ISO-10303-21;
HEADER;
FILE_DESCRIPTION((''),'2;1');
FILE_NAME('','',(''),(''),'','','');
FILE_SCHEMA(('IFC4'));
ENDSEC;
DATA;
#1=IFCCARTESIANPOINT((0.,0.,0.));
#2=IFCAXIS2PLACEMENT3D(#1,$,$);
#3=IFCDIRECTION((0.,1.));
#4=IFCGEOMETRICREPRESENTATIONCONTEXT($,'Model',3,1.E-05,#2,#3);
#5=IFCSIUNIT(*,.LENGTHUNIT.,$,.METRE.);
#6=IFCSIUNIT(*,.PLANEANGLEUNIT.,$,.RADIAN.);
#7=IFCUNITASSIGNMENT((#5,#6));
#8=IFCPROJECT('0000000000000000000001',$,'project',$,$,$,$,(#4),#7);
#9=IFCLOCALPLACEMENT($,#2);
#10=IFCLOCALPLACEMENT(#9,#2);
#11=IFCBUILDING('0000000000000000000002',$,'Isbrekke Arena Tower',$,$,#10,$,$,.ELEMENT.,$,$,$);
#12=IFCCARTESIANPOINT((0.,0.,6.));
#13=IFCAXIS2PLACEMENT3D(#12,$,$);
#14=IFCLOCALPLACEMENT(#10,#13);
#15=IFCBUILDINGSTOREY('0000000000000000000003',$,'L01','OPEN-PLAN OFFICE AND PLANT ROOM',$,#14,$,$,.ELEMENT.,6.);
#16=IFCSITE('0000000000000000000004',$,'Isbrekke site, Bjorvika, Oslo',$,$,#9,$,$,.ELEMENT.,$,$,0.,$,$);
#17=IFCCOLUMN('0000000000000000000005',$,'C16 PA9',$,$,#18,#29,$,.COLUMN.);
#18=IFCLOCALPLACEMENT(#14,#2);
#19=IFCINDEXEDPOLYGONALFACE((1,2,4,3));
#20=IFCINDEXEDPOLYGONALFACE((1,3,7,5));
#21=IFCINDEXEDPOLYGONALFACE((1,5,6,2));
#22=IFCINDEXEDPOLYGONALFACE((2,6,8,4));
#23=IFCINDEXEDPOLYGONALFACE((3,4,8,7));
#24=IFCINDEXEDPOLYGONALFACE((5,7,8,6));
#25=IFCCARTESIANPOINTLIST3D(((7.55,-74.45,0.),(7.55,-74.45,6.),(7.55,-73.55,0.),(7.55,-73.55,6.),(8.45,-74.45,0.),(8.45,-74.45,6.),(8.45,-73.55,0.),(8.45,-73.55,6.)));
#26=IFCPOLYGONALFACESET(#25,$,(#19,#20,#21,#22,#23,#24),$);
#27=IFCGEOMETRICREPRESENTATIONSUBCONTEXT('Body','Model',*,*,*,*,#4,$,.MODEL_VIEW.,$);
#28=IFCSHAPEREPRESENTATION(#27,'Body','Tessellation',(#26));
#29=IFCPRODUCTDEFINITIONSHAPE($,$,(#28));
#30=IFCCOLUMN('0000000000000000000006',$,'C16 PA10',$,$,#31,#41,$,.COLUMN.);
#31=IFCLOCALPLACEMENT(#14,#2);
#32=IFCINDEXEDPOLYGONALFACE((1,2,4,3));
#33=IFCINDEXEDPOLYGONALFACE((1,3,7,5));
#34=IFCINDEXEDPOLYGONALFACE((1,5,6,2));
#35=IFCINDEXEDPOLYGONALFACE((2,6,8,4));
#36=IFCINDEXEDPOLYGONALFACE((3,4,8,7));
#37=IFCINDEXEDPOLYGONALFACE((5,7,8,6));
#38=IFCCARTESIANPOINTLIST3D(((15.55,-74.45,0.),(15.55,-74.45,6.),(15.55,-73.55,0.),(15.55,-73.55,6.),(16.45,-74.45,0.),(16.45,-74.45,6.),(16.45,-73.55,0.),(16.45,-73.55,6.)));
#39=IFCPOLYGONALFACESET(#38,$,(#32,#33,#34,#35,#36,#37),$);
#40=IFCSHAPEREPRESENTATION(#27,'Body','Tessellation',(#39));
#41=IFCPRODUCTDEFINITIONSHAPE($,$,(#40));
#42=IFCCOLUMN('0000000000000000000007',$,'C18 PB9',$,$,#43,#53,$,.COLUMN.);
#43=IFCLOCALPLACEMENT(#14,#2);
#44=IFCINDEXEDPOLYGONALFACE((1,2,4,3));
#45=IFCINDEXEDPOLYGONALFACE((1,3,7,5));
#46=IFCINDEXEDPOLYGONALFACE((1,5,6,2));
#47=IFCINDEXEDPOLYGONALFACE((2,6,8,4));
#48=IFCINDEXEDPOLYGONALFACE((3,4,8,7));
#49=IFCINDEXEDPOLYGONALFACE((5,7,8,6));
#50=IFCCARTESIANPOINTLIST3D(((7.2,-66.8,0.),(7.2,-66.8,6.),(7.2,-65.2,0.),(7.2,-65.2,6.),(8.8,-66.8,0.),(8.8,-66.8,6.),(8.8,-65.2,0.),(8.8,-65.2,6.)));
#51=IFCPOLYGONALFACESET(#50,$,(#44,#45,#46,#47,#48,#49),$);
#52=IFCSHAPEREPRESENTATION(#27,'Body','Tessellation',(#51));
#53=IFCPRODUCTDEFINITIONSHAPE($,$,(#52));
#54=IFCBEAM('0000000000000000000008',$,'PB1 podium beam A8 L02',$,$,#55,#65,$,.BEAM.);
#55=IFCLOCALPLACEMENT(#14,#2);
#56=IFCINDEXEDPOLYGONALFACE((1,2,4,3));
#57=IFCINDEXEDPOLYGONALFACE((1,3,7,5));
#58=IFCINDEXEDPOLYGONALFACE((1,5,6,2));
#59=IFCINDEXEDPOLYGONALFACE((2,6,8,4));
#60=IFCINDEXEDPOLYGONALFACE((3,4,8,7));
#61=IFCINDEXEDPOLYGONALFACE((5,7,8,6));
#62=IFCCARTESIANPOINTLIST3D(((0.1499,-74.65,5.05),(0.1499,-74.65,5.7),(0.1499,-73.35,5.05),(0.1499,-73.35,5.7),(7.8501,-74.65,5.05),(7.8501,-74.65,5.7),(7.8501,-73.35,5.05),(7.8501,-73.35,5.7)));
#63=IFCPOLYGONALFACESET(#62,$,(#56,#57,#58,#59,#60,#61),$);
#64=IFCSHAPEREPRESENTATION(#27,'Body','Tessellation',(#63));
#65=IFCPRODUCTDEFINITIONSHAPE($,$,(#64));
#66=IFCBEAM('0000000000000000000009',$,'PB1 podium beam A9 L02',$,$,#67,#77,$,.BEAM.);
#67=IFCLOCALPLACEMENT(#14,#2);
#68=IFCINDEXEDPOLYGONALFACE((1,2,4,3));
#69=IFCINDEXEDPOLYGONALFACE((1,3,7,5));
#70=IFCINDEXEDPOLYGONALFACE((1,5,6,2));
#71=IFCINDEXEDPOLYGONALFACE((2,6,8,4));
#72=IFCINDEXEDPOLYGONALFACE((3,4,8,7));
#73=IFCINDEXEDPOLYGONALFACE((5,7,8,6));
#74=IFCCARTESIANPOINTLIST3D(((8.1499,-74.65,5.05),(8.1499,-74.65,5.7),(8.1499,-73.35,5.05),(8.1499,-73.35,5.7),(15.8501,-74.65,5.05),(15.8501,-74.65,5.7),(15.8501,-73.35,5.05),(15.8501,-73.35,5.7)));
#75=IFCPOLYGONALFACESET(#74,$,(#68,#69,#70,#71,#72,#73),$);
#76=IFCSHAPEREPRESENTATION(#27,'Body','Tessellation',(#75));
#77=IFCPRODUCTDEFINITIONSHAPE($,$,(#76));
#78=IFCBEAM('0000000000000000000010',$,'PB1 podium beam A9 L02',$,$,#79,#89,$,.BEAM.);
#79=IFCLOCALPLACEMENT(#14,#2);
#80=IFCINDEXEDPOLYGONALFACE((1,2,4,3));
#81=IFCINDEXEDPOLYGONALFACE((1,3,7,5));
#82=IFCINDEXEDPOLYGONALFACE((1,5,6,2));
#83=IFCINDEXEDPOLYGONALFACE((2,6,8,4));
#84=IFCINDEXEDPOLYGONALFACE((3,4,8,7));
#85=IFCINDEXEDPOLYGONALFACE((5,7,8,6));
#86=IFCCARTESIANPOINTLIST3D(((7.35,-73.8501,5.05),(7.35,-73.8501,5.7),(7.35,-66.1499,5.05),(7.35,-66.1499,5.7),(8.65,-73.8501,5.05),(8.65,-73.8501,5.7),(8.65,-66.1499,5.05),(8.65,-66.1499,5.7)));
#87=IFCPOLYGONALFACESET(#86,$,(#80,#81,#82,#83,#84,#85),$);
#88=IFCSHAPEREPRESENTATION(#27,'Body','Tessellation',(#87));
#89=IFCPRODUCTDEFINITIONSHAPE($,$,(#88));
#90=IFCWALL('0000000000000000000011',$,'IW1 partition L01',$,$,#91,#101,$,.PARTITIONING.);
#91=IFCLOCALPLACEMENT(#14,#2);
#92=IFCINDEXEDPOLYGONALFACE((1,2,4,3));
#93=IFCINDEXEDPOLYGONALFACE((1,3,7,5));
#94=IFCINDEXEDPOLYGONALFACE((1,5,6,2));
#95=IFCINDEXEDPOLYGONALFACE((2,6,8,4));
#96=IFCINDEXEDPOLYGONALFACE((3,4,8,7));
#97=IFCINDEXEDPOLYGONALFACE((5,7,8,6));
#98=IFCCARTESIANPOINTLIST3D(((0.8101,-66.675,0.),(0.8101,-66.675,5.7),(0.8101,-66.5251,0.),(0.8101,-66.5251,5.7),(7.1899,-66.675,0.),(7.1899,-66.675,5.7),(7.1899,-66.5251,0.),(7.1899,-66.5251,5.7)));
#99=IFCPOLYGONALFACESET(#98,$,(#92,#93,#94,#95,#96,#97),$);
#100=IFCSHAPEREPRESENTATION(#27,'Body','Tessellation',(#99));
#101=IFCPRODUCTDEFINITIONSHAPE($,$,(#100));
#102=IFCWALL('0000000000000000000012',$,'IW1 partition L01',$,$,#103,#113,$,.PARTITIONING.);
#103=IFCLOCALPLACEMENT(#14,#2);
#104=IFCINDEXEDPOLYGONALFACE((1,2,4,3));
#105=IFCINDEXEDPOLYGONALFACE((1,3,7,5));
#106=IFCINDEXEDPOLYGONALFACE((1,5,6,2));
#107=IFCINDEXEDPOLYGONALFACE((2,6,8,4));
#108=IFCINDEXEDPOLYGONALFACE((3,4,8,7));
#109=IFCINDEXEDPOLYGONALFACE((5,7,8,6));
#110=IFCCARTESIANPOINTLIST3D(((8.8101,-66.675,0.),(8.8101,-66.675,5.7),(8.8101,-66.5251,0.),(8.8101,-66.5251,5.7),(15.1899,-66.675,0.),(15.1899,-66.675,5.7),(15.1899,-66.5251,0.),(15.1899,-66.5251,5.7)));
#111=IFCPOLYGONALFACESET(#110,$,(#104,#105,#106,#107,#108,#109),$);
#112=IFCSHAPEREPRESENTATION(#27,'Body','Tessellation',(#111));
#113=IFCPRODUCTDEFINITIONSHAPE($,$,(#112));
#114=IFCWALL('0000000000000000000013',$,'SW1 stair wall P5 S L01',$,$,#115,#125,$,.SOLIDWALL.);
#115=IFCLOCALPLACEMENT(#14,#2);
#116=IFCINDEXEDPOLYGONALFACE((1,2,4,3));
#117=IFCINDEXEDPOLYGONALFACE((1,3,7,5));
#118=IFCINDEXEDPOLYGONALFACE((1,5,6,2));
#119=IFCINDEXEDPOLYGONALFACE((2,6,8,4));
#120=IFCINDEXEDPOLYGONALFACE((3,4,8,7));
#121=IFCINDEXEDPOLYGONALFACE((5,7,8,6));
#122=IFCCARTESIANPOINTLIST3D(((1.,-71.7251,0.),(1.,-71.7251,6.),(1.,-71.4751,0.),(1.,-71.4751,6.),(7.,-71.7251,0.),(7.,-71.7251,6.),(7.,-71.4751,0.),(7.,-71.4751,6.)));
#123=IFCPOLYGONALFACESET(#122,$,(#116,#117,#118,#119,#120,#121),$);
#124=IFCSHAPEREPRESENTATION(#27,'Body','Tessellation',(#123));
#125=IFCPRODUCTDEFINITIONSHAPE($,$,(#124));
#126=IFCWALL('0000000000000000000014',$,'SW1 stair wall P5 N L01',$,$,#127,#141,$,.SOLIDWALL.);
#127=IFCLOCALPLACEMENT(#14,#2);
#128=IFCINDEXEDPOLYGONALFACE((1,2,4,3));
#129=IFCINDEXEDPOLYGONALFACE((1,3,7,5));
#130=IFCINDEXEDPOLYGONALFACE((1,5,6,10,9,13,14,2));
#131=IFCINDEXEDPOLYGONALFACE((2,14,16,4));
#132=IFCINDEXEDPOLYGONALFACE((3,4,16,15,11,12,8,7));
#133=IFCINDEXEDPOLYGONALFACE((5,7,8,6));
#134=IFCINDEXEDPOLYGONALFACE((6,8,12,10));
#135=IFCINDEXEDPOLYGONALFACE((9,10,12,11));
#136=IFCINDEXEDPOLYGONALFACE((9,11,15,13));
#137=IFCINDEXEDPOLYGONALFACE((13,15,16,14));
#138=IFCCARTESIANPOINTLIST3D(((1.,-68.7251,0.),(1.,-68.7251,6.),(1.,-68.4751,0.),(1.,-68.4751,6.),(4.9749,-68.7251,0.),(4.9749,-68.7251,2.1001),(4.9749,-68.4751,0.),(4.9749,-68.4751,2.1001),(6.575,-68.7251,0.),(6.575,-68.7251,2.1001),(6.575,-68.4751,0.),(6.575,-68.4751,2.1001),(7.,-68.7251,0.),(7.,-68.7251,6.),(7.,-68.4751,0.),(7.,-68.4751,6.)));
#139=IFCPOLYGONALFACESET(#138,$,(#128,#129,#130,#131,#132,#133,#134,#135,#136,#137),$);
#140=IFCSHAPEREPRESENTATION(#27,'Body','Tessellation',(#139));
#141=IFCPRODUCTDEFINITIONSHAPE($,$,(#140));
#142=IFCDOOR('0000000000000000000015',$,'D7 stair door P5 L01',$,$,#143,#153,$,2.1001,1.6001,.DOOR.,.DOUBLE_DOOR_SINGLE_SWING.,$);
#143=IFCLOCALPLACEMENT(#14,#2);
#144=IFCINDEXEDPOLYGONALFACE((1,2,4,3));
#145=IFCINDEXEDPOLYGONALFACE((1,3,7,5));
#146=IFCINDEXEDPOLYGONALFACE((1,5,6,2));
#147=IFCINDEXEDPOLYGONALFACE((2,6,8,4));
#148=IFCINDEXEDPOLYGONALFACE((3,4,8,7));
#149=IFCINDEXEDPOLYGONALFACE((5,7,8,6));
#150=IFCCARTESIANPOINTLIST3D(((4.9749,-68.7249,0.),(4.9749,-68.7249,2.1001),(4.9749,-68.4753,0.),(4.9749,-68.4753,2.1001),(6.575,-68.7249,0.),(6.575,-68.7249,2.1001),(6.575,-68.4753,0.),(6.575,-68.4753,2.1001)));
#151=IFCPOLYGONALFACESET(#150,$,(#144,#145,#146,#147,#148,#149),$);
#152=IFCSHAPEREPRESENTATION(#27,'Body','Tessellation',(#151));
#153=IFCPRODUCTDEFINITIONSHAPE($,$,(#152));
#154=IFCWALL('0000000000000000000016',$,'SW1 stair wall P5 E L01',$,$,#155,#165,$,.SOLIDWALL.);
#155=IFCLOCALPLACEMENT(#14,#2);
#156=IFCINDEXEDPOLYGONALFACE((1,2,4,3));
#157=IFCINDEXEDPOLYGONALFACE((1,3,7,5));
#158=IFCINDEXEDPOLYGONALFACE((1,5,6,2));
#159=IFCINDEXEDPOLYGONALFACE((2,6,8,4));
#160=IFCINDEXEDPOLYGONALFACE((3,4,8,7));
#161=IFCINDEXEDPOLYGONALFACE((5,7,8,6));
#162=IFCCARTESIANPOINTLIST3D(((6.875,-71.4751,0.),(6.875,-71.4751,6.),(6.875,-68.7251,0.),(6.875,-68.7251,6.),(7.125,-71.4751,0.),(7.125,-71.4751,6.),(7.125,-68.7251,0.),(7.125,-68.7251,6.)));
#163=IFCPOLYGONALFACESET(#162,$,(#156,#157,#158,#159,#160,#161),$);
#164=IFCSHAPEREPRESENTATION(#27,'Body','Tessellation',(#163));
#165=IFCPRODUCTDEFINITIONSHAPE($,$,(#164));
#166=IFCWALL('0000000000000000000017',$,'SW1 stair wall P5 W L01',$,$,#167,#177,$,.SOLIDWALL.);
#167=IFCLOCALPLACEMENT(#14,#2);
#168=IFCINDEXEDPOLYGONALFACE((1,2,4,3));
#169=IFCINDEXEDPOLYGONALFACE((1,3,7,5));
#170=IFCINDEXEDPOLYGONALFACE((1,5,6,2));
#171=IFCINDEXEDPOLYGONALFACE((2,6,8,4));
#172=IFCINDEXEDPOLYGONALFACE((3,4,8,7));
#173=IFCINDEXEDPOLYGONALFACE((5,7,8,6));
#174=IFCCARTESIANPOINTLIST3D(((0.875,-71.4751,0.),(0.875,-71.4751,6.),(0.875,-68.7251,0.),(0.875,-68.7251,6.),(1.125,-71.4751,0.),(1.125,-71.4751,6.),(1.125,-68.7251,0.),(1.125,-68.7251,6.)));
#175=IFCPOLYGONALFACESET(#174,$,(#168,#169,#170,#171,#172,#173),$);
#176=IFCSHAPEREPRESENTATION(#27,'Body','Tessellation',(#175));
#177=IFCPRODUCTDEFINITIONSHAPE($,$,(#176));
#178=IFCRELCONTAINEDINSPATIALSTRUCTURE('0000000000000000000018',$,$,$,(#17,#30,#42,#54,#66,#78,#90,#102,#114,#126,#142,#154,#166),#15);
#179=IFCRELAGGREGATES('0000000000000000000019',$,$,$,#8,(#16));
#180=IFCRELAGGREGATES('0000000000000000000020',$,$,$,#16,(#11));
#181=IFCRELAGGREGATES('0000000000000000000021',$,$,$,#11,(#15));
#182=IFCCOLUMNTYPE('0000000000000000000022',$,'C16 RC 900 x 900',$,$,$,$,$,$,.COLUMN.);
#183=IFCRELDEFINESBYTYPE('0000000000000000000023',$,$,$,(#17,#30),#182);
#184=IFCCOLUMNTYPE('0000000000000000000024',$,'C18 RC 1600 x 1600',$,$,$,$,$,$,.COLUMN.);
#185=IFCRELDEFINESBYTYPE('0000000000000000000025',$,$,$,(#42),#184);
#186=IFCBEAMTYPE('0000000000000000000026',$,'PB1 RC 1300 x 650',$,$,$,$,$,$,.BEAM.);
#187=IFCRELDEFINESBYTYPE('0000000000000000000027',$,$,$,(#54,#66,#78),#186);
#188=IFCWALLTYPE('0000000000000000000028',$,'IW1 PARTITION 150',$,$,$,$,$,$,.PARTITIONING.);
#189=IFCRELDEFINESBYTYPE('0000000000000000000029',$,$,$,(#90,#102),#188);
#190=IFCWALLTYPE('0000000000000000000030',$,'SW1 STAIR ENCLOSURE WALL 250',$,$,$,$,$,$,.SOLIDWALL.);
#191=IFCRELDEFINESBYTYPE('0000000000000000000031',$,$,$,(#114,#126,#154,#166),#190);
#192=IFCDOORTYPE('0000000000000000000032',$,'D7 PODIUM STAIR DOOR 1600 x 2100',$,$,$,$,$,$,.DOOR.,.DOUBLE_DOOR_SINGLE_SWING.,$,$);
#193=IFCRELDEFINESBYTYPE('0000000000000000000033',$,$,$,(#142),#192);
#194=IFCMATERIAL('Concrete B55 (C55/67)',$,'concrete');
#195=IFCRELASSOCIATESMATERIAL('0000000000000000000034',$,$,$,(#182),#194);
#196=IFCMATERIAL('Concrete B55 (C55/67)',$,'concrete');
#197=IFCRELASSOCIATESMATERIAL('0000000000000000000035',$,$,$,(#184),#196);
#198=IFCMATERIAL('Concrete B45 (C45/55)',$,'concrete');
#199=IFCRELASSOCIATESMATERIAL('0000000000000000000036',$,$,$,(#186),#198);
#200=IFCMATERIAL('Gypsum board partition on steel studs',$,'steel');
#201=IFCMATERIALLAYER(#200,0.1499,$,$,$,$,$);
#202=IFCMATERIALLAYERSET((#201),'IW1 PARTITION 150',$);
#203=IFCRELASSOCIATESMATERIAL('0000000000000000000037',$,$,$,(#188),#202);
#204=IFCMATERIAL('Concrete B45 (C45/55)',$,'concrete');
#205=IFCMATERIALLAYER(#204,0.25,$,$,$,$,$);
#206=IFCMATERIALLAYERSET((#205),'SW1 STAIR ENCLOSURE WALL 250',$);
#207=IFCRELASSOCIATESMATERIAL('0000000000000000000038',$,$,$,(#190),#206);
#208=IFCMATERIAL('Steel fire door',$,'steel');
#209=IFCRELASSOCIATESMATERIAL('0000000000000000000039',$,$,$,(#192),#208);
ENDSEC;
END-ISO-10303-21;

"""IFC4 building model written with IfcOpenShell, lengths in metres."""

from ifc_helpers import new_model, si_unit, direction, frame, frame_2d, origin, origin_2d, place, context, subcontext, project, spatial, rectangle, extrude, material, layer, layer_set, material_profile, profile_set, type_object, element, fill, save


model = new_model("IFC4")

# Units and contexts
model_context = context("Model", 3, precision=1e-05, world=origin(), true_north=direction((0.0, 1.0)))
body_context = subcontext(model_context, "Body", "Model", "MODEL_VIEW")
ifc_project = project(units=[si_unit("LENGTHUNIT", "METRE"), si_unit("PLANEANGLEUNIT", "RADIAN")], contexts=[model_context])

# Site, building, storey
site_placement = place(None, origin())
site = spatial("IfcSite", under=ifc_project, at=site_placement, Name="Isbrekke site, Bjorvika, Oslo", CompositionType="ELEMENT", RefElevation=0.0)
building_placement = place(site_placement, origin())
building = spatial("IfcBuilding", under=site, at=building_placement, Name="Isbrekke Arena Tower", CompositionType="ELEMENT")
storey_placement = place(building_placement, frame((0.0, 0.0, 6.0)))
storey = spatial("IfcBuildingStorey", under=building, at=storey_placement, Name="L01", Description="OPEN-PLAN OFFICE AND PLANT ROOM", CompositionType="ELEMENT", Elevation=6.0)

# Columns
ifc_material_1 = material(Name="Concrete B55 (C55/67)", Category="concrete")
ifc_material_profile_1 = material_profile(ifc_material_1, rectangle(XDim=0.8999, YDim=0.8999, at=origin_2d()), Name="RC 900x900")
ifc_profile_set_1 = profile_set([ifc_material_profile_1], Name="Concrete B55 (C55/67)")
column_type_1 = type_object("IfcColumnType", Name="C16 RC 900 x 900", PredefinedType="COLUMN", material=ifc_profile_set_1)
for number, where, z_axis, x_axis, name in (
    (1, (8.0, -74.0, 0.0), (0.0, 0.0, 1.0), (1.0, 0.0, 0.0), "C16 PA9"),
    (2, (16.0, -74.0, 0.0), (0.0, 0.0, 1.0), (1.0, 0.0, 0.0), "C16 PA10"),
):
    element("IfcColumn", number, at=place(storey_placement, frame(where, z_axis=z_axis, x_axis=x_axis)), inside=storey, type_object=column_type_1, Name=name, PredefinedType="COLUMN", context=body_context, shape_type="SweptSolid", body=[
        extrude(rectangle(XDim=0.8999, YDim=0.8999, at=origin_2d()), origin(), (0.0, 0.0, 1.0), 6.0),
    ])
ifc_material_2 = material(Name="Concrete B55 (C55/67)", Category="concrete")
ifc_material_profile_2 = material_profile(ifc_material_2, rectangle(XDim=1.6001, YDim=1.6001, at=origin_2d()), Name="RC 1600x1600")
ifc_profile_set_2 = profile_set([ifc_material_profile_2], Name="Concrete B55 (C55/67)")
column_type_2 = type_object("IfcColumnType", Name="C18 RC 1600 x 1600", PredefinedType="COLUMN", material=ifc_profile_set_2)
column_placement = place(storey_placement, frame((8.0, -66.0, 0.0), z_axis=(0.0, 0.0, 1.0), x_axis=(1.0, 0.0, 0.0)))
element("IfcColumn", 3, at=column_placement, inside=storey, type_object=column_type_2, Name="C18 PB9", PredefinedType="COLUMN", context=body_context, shape_type="SweptSolid", body=[
    extrude(rectangle(XDim=1.6001, YDim=1.6001, at=origin_2d()), origin(), (0.0, 0.0, 1.0), 6.0),
])

# Beams
ifc_material_3 = material(Name="Concrete B45 (C45/55)", Category="concrete")
ifc_material_profile_3 = material_profile(ifc_material_3, rectangle(XDim=1.3, YDim=0.6499, at=origin_2d()), Name="RC 1300x650")
ifc_profile_set_3 = profile_set([ifc_material_profile_3], Name="Concrete B45 (C45/55)")
beam_type = type_object("IfcBeamType", Name="PB1 RC 1300 x 650", PredefinedType="BEAM", material=ifc_profile_set_3)
for number, where, z_axis, x_axis, name in (
    (4, (0.1499, -74.0, 5.375), (1.0, 0.0, 0.0), (0.0, 1.0, 0.0), "PB1 podium beam A8 L02"),
    (5, (8.1499, -74.0, 5.375), (1.0, 0.0, 0.0), (0.0, 1.0, 0.0), "PB1 podium beam A9 L02"),
    (6, (8.0, -73.8501, 5.375), (0.0, 1.0, 0.0), (-1.0, 0.0, 0.0), "PB1 podium beam A9 L02"),
):
    element("IfcBeam", number, at=place(storey_placement, frame(where, z_axis=z_axis, x_axis=x_axis)), inside=storey, type_object=beam_type, Name=name, PredefinedType="BEAM", context=body_context, shape_type="SweptSolid", body=[
        extrude(rectangle(XDim=1.3, YDim=0.6499, at=origin_2d()), origin(), (0.0, 0.0, 1.0), 7.7002),
    ])

# Walls
ifc_material_4 = material(Name="Gypsum board partition on steel studs", Category="steel")
ifc_layer_1 = layer(ifc_material_4, 0.1499)
ifc_layer_set_1 = layer_set([ifc_layer_1], Name="IW1 PARTITION 150")
wall_type_1 = type_object("IfcWallType", Name="IW1 PARTITION 150", PredefinedType="PARTITIONING", material=ifc_layer_set_1)
for number, where, z_axis, x_axis, name in (
    (7, (0.8101, -66.6001, 0.0), (0.0, 0.0, 1.0), (1.0, 0.0, 0.0), "IW1 partition L01"),
    (8, (8.8101, -66.6001, 0.0), (0.0, 0.0, 1.0), (1.0, 0.0, 0.0), "IW1 partition L01"),
):
    element("IfcWall", number, at=place(storey_placement, frame(where, z_axis=z_axis, x_axis=x_axis)), inside=storey, type_object=wall_type_1, Name=name, PredefinedType="PARTITIONING", context=body_context, shape_type="SweptSolid", body=[
        extrude(rectangle(XDim=6.3799, YDim=0.1499, at=frame_2d((3.1899, 0.0))), origin(), (0.0, 0.0, 1.0), 5.7),
    ])
ifc_material_5 = material(Name="Concrete B45 (C45/55)", Category="concrete")
ifc_layer_2 = layer(ifc_material_5, 0.25)
ifc_layer_set_2 = layer_set([ifc_layer_2], Name="SW1 STAIR ENCLOSURE WALL 250")
wall_type_2 = type_object("IfcWallType", Name="SW1 STAIR ENCLOSURE WALL 250", PredefinedType="SOLIDWALL", material=ifc_layer_set_2)
wall_1_placement = place(storey_placement, frame((1.0, -71.6001, 0.0), z_axis=(0.0, 0.0, 1.0), x_axis=(1.0, 0.0, 0.0)))
element("IfcWall", 9, at=wall_1_placement, inside=storey, type_object=wall_type_2, Name="SW1 stair wall P5 S L01", PredefinedType="SOLIDWALL", context=body_context, shape_type="SweptSolid", body=[
    extrude(rectangle(XDim=6.0, YDim=0.25, at=frame_2d((3.0, 0.0))), origin(), (0.0, 0.0, 1.0), 6.0),
])

# Wall, opening, door
wall_2_placement = place(storey_placement, frame((7.0, -68.6001, 0.0), z_axis=(0.0, 0.0, 1.0), x_axis=(-1.0, 0.0, 0.0)))
wall_2 = element("IfcWall", 10, at=wall_2_placement, inside=storey, type_object=wall_type_2, Name="SW1 stair wall P5 N L01", PredefinedType="SOLIDWALL", context=body_context, shape_type="SweptSolid", body=[
    extrude(rectangle(XDim=6.0, YDim=0.25, at=frame_2d((3.0, 0.0))), origin(), (0.0, 0.0, 1.0), 6.0),
])
opening_placement = place(wall_2_placement, frame((0.425, 0.0, 0.0)))
opening = element("IfcOpeningElement", 11, at=opening_placement, cuts=wall_2, PredefinedType="OPENING", context=body_context, shape_type="SweptSolid", body=[
    extrude(rectangle(XDim=1.6001, YDim=2.1001, at=frame_2d((0.8, 1.05))), frame((0.0, 0.1399, 0.0), z_axis=(0.0, -1.0, 0.0), x_axis=(1.0, 0.0, 0.0)), (0.0, 0.0, 1.0), 0.2798),
])
ifc_material_6 = material(Name="Steel fire door", Category="steel")
door_type = type_object("IfcDoorType", Name="D7 PODIUM STAIR DOOR 1600 x 2100", OperationType="DOUBLE_DOOR_SINGLE_SWING", PredefinedType="DOOR", material=ifc_material_6)
door_placement = place(opening_placement, origin())
door = element("IfcDoor", 12, at=door_placement, inside=storey, type_object=door_type, Name="D7 stair door P5 L01", OperationType="DOUBLE_DOOR_SINGLE_SWING", OverallHeight=2.1001, OverallWidth=1.6001, PredefinedType="DOOR", context=body_context, shape_type="SweptSolid", body=[
    extrude(rectangle(XDim=1.6001, YDim=2.1001, at=frame_2d((0.8, 1.05))), frame((0.0, 0.1248, 0.0), z_axis=(0.0, -1.0, 0.0), x_axis=(1.0, 0.0, 0.0)), (0.0, 0.0, 1.0), 0.2495),
])
fill(opening, door)

# Walls
for number, where, z_axis, x_axis, name in (
    (13, (7.0, -71.4751, 0.0), (0.0, 0.0, 1.0), (0.0, 1.0, 0.0), "SW1 stair wall P5 E L01"),
    (14, (1.0, -68.7251, 0.0), (0.0, 0.0, 1.0), (0.0, -1.0, 0.0), "SW1 stair wall P5 W L01"),
):
    element("IfcWall", number, at=place(storey_placement, frame(where, z_axis=z_axis, x_axis=x_axis)), inside=storey, type_object=wall_type_2, Name=name, PredefinedType="SOLIDWALL", context=body_context, shape_type="SweptSolid", body=[
        extrude(rectangle(XDim=2.75, YDim=0.25, at=frame_2d((1.375, 0.0))), origin(), (0.0, 0.0, 1.0), 6.0),
    ])

save(model, "model.ifc")
